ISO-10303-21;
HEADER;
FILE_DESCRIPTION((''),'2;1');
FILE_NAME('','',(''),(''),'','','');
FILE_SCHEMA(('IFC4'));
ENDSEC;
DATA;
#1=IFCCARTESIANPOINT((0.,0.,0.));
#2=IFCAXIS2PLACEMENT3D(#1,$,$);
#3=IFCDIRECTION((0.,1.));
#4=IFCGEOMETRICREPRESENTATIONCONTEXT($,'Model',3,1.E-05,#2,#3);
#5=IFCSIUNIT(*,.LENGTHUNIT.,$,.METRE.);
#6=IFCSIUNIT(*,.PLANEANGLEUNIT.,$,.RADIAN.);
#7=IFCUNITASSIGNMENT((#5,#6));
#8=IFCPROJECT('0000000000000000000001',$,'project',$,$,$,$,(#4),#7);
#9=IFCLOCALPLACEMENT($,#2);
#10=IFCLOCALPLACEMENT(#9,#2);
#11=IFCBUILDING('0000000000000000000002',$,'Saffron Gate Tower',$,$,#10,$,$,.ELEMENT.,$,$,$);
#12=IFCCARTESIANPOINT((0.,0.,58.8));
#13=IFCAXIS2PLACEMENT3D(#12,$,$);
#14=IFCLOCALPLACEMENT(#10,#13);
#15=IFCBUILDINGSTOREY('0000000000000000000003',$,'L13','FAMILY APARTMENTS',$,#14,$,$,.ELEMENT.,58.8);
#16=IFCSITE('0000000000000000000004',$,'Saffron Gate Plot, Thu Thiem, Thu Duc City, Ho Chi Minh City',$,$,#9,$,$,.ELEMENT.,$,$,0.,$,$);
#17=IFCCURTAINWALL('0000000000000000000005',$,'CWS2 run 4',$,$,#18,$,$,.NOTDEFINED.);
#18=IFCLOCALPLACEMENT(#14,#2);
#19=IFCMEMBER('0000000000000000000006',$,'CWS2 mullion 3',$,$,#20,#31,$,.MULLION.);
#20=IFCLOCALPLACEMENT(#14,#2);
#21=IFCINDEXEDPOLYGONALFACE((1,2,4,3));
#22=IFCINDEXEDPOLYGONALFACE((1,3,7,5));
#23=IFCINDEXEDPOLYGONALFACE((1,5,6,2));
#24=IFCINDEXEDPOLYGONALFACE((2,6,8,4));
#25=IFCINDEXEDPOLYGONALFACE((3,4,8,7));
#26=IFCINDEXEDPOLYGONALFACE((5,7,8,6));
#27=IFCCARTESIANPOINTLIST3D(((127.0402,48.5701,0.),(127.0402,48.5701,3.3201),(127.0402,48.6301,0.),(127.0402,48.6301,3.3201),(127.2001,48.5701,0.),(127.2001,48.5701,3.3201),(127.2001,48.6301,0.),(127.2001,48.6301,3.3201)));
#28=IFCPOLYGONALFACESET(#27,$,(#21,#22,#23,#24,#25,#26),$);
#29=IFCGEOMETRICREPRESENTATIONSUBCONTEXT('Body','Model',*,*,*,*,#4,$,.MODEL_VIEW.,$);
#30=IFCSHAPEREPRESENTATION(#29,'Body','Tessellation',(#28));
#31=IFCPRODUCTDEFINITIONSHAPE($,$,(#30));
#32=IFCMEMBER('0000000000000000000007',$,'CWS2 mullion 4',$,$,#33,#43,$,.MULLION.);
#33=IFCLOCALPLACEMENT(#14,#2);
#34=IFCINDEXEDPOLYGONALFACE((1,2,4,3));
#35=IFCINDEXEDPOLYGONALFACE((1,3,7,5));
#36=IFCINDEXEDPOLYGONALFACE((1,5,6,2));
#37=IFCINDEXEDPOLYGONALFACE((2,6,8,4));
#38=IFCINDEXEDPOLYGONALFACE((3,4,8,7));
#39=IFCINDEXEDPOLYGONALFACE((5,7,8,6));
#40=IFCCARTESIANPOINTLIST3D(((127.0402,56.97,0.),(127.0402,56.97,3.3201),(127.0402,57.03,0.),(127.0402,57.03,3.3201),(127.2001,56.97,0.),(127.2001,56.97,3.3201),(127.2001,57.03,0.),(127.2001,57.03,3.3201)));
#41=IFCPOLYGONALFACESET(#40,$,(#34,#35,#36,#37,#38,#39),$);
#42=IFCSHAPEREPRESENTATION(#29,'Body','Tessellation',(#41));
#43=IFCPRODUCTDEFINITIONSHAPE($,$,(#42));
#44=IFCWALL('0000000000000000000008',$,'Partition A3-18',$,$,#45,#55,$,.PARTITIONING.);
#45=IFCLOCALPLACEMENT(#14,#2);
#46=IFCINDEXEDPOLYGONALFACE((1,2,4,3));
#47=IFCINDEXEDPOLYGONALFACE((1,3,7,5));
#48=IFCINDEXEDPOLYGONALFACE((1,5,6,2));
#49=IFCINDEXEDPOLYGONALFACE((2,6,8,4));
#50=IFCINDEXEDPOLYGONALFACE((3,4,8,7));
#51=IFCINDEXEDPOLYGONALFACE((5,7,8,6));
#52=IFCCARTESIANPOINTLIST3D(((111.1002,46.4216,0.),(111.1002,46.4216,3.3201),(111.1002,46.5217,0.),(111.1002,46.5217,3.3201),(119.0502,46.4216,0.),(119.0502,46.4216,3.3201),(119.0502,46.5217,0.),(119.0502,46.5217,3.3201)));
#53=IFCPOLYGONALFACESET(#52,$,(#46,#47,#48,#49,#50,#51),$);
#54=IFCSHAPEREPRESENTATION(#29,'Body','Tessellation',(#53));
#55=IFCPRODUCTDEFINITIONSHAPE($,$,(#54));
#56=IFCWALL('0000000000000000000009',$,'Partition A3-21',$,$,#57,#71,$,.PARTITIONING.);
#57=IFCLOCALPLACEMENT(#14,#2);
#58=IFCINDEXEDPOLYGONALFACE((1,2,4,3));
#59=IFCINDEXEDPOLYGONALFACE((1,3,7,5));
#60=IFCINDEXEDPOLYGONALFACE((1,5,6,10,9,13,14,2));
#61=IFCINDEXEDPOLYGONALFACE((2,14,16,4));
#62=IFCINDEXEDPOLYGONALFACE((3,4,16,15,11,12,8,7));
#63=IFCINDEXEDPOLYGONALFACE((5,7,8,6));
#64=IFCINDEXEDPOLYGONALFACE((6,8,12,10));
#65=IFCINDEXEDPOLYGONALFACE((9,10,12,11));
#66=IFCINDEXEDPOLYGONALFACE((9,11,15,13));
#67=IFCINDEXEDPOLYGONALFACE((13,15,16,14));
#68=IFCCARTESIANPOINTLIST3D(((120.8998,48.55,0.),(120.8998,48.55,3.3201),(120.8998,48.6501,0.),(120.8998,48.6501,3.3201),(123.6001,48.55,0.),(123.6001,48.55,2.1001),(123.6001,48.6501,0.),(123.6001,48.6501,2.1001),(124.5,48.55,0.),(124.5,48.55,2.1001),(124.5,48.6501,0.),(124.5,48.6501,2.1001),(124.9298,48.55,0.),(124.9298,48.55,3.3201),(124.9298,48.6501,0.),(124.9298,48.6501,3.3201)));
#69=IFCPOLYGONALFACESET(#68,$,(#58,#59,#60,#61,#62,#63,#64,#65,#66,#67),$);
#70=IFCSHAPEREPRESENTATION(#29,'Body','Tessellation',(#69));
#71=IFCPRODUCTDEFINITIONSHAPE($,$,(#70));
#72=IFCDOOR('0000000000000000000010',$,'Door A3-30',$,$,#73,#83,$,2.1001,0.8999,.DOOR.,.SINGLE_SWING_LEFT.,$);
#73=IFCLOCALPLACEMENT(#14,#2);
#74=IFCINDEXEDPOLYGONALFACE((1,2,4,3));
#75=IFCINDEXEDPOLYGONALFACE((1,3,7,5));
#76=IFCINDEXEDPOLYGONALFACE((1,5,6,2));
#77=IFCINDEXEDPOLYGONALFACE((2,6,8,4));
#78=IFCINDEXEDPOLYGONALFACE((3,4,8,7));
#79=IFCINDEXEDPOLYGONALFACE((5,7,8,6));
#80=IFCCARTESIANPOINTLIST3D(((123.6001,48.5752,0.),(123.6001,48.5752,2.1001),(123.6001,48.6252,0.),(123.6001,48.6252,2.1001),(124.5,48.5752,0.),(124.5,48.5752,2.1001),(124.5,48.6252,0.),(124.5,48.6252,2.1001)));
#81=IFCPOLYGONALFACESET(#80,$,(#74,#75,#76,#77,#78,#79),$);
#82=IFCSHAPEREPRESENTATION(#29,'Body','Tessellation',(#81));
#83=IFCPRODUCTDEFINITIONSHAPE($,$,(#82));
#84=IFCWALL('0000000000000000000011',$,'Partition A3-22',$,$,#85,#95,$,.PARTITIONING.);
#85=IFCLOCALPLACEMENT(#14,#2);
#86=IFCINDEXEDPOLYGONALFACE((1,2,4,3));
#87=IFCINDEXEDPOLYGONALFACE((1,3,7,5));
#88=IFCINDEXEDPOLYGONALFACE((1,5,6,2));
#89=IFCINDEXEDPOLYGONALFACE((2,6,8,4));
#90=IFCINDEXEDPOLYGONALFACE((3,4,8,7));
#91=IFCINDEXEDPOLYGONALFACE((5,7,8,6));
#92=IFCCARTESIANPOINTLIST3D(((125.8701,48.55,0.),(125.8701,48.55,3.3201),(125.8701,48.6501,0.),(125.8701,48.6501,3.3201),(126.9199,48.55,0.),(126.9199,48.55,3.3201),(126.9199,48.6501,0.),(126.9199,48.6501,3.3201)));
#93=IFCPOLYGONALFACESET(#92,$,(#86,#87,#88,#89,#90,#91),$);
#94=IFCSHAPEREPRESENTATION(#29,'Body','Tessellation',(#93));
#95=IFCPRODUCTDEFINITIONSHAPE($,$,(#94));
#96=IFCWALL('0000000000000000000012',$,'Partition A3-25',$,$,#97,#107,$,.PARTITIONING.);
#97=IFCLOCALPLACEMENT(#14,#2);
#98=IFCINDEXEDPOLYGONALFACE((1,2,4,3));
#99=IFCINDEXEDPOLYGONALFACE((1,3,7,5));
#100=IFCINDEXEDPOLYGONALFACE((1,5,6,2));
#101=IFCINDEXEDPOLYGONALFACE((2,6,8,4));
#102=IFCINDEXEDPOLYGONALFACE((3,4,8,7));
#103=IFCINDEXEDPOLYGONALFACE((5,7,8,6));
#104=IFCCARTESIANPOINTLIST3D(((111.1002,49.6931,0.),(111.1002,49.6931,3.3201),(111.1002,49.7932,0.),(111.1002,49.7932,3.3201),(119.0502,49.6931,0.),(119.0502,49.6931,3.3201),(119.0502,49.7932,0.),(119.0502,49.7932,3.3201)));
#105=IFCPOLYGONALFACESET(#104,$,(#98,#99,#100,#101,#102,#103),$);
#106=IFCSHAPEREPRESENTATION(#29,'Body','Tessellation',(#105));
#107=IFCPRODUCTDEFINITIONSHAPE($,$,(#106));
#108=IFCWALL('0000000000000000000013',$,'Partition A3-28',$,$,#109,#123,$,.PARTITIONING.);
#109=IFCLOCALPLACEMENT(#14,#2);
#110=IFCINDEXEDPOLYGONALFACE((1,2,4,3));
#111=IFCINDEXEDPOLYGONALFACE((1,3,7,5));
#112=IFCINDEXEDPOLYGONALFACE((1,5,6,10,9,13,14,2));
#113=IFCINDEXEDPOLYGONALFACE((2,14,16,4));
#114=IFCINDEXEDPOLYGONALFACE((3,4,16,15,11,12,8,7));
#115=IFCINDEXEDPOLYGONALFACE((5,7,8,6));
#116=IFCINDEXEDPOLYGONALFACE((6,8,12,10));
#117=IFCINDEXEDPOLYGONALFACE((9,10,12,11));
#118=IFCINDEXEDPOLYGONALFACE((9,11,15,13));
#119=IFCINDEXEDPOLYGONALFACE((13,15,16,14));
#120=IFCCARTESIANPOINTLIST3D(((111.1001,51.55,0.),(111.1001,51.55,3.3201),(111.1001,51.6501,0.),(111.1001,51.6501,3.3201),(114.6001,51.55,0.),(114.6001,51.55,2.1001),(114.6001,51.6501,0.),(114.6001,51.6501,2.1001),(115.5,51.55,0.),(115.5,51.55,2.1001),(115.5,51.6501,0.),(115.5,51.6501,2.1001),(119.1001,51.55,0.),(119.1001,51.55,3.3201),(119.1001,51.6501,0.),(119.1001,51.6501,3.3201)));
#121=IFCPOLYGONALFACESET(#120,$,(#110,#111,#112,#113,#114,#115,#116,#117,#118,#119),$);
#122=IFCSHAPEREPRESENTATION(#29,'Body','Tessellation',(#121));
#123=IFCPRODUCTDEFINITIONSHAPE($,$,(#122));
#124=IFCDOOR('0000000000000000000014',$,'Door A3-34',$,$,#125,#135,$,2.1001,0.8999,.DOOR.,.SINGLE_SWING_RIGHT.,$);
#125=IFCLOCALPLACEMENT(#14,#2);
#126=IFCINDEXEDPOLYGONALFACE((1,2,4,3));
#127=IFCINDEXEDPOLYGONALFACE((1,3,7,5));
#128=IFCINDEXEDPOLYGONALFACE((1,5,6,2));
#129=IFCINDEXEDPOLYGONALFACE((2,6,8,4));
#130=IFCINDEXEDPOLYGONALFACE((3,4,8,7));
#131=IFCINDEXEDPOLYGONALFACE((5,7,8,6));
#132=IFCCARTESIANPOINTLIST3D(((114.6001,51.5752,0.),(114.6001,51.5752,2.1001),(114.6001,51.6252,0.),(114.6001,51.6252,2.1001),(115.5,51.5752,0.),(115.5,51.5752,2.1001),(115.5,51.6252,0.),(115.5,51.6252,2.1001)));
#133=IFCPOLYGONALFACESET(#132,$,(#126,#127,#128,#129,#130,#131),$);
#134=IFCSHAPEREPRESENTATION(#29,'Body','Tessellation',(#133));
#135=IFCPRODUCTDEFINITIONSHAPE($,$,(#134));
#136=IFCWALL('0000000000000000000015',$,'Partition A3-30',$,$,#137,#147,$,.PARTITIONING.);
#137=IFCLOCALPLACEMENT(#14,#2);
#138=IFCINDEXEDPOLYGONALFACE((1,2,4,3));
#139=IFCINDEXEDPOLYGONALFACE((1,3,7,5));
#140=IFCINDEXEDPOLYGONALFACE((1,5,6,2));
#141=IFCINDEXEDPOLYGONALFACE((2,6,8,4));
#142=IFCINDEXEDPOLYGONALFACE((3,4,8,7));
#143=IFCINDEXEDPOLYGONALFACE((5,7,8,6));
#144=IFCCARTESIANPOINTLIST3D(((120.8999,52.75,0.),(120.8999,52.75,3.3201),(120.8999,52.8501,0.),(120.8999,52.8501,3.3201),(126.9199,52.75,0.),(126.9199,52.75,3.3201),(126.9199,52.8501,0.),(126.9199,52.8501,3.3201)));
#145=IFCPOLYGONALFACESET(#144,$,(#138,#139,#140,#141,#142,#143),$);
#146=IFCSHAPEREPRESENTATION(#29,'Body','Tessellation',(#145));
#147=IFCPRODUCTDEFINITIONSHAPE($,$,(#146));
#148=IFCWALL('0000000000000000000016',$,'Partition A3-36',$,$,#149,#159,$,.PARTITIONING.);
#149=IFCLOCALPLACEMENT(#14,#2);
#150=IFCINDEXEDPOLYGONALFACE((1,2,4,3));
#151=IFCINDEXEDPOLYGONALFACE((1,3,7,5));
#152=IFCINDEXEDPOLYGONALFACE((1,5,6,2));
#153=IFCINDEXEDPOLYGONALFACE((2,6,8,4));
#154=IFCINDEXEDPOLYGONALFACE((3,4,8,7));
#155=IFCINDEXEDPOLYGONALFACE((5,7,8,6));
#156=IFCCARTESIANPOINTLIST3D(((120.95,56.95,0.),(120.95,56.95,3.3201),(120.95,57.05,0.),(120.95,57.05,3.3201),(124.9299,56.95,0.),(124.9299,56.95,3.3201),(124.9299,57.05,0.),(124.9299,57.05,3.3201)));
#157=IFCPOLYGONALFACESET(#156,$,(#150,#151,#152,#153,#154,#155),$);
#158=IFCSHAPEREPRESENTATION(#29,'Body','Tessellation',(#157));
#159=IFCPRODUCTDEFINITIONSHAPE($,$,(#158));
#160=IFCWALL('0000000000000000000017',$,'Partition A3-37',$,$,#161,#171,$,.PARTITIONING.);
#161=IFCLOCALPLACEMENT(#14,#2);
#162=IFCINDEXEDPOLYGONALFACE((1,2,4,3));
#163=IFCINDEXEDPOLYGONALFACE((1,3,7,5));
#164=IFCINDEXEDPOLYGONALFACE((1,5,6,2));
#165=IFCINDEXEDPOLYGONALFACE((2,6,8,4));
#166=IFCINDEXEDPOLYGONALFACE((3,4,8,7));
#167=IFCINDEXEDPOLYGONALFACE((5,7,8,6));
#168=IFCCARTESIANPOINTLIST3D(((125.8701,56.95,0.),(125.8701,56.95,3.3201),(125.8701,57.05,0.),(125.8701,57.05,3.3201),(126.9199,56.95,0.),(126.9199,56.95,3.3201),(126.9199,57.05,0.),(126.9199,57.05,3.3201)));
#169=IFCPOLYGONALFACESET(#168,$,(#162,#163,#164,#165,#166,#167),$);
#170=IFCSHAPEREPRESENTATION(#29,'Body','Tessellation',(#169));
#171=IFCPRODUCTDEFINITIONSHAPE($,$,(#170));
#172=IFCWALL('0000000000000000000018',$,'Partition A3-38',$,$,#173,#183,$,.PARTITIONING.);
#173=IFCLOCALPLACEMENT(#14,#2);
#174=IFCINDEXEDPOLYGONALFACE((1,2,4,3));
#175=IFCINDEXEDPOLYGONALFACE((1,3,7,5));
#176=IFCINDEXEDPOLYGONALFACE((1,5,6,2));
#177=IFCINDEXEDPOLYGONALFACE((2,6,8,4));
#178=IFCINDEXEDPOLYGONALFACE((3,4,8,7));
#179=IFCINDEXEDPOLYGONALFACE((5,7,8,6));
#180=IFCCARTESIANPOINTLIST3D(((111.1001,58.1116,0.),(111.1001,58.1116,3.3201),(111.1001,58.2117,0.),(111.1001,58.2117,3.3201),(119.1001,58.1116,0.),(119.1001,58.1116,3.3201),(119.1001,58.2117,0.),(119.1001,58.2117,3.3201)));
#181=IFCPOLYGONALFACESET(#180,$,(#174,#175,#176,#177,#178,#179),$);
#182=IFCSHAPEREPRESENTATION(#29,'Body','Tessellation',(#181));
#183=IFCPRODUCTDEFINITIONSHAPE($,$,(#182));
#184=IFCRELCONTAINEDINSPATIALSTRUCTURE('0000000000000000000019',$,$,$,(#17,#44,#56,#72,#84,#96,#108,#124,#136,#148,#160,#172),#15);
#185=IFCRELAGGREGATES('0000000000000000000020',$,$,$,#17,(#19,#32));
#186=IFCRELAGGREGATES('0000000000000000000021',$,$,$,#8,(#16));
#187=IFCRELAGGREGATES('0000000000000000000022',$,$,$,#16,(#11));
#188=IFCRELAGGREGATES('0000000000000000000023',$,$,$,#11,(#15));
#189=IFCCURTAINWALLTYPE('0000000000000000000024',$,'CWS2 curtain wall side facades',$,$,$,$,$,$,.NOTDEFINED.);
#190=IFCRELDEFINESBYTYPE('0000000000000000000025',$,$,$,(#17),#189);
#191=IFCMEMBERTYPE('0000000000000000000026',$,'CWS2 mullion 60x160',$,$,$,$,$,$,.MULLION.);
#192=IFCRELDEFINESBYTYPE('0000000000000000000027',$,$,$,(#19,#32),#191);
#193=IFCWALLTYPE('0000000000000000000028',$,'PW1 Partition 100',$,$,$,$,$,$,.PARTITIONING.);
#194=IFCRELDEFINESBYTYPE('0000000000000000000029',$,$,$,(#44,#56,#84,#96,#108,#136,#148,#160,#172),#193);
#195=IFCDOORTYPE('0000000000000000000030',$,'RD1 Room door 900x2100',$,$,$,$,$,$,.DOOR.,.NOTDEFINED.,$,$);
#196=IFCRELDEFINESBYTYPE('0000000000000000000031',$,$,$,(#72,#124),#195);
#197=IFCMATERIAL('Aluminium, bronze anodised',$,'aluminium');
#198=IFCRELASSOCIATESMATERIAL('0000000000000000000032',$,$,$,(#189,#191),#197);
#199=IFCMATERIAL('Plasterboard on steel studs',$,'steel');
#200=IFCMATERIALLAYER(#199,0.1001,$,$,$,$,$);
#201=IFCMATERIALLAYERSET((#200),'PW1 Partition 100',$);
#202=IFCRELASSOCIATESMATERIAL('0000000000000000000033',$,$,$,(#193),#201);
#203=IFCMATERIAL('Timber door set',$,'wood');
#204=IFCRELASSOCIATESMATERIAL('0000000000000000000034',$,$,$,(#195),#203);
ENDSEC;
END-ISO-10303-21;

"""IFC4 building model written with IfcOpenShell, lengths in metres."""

from ifc_helpers import new_model, si_unit, direction, frame, frame_2d, origin, origin_2d, place, context, subcontext, project, spatial, rectangle, extrude, material, layer, layer_set, material_profile, profile_set, type_object, element, fill, aggregate, save


model = new_model("IFC4")

# Units and contexts
model_context = context("Model", 3, precision=1e-05, world=origin(), true_north=direction((0.0, 1.0)))
body_context = subcontext(model_context, "Body", "Model", "MODEL_VIEW")
ifc_project = project(units=[si_unit("LENGTHUNIT", "METRE"), si_unit("PLANEANGLEUNIT", "RADIAN")], contexts=[model_context])

# Site, building, storey
site_placement = place(None, origin())
site = spatial("IfcSite", under=ifc_project, at=site_placement, Name="Saffron Gate Plot, Thu Thiem, Thu Duc City, Ho Chi Minh City", CompositionType="ELEMENT", RefElevation=0.0)
building_placement = place(site_placement, origin())
building = spatial("IfcBuilding", under=site, at=building_placement, Name="Saffron Gate Tower", CompositionType="ELEMENT")
storey_placement = place(building_placement, frame((0.0, 0.0, 58.8)))
storey = spatial("IfcBuildingStorey", under=building, at=storey_placement, Name="L13", Description="FAMILY APARTMENTS", CompositionType="ELEMENT", Elevation=58.8)

# Curtain wall, members
ifc_material_1 = material(Name="Aluminium, bronze anodised", Category="aluminium")
curtain_wall_type = type_object("IfcCurtainWallType", Name="CWS2 curtain wall side facades", PredefinedType="NOTDEFINED", material=ifc_material_1)
curtain_wall_placement = place(storey_placement, origin())
curtain_wall = element("IfcCurtainWall", 1, at=curtain_wall_placement, inside=storey, type_object=curtain_wall_type, Name="CWS2 run 4", PredefinedType="NOTDEFINED")
ifc_material_profile_1 = material_profile(ifc_material_1, rectangle(XDim=0.1599, YDim=0.0601, at=origin_2d()))
ifc_profile_set_1 = profile_set([ifc_material_profile_1], Name="Aluminium, bronze anodised")
member_type = type_object("IfcMemberType", Name="CWS2 mullion 60x160", PredefinedType="MULLION", material=ifc_profile_set_1)
member_1_placement = place(storey_placement, frame((127.1201, 48.6001, 0.0), z_axis=(0.0, 0.0, 1.0), x_axis=(-1.0, 0.0, 0.0)))
member_1 = element("IfcMember", 2, at=member_1_placement, type_object=member_type, Name="CWS2 mullion 3", PredefinedType="MULLION", context=body_context, shape_type="SweptSolid", body=[
    extrude(rectangle(XDim=0.1599, YDim=0.0601, at=origin_2d()), origin(), (0.0, 0.0, 1.0), 3.3201),
])
member_2_placement = place(storey_placement, frame((127.1201, 57.0, 0.0), z_axis=(0.0, 0.0, 1.0), x_axis=(-1.0, 0.0, 0.0)))
member_2 = element("IfcMember", 3, at=member_2_placement, type_object=member_type, Name="CWS2 mullion 4", PredefinedType="MULLION", context=body_context, shape_type="SweptSolid", body=[
    extrude(rectangle(XDim=0.1599, YDim=0.0601, at=origin_2d()), origin(), (0.0, 0.0, 1.0), 3.3201),
])
aggregate(curtain_wall, [member_1, member_2])

# Wall
ifc_material_2 = material(Name="Plasterboard on steel studs", Category="steel")
ifc_layer_1 = layer(ifc_material_2, 0.1001)
ifc_layer_set_1 = layer_set([ifc_layer_1], Name="PW1 Partition 100")
wall_type_1 = type_object("IfcWallType", Name="PW1 Partition 100", PredefinedType="PARTITIONING", material=ifc_layer_set_1)
wall_1_placement = place(storey_placement, frame((111.1001, 46.4717, 0.0), z_axis=(0.0, 0.0, 1.0), x_axis=(1.0, 0.0, 0.0)))
element("IfcWall", 4, at=wall_1_placement, inside=storey, type_object=wall_type_1, Name="Partition A3-18", PredefinedType="PARTITIONING", context=body_context, shape_type="SweptSolid", body=[
    extrude(rectangle(XDim=7.95, YDim=0.1001, at=frame_2d((3.9751, 0.0))), origin(), (0.0, 0.0, 1.0), 3.3201),
])

# Wall, opening, door
wall_2_placement = place(storey_placement, frame((124.9299, 48.6001, 0.0), z_axis=(0.0, 0.0, 1.0), x_axis=(-1.0, 0.0, 0.0)))
wall_2 = element("IfcWall", 5, at=wall_2_placement, inside=storey, type_object=wall_type_1, Name="Partition A3-21", PredefinedType="PARTITIONING", context=body_context, shape_type="SweptSolid", body=[
    extrude(rectangle(XDim=4.03, YDim=0.1001, at=frame_2d((2.0151, 0.0))), origin(), (0.0, 0.0, 1.0), 3.3201),
])
opening_1_placement = place(wall_2_placement, frame((0.4299, 0.0, 0.0)))
opening_1 = element("IfcOpeningElement", 6, at=opening_1_placement, cuts=wall_2, PredefinedType="OPENING", context=body_context, shape_type="SweptSolid", body=[
    extrude(rectangle(XDim=0.8999, YDim=2.1001, at=frame_2d((0.45, 1.05))), frame((0.0, 0.0601, 0.0), z_axis=(0.0, -1.0, 0.0), x_axis=(1.0, 0.0, 0.0)), (0.0, 0.0, 1.0), 0.1201),
])
ifc_material_3 = material(Name="Timber door set", Category="wood")
door_type_1 = type_object("IfcDoorType", Name="RD1 Room door 900x2100", OperationType="NOTDEFINED", PredefinedType="DOOR", material=ifc_material_3)
door_1_placement = place(opening_1_placement, origin())
door_1 = element("IfcDoor", 7, at=door_1_placement, inside=storey, type_object=door_type_1, Name="Door A3-30", OperationType="SINGLE_SWING_LEFT", OverallHeight=2.1001, OverallWidth=0.8999, PredefinedType="DOOR", context=body_context, shape_type="SweptSolid", body=[
    extrude(rectangle(XDim=0.8999, YDim=2.1001, at=frame_2d((0.45, 1.05))), frame((0.0, 0.0249, 0.0), z_axis=(0.0, -1.0, 0.0), x_axis=(1.0, 0.0, 0.0)), (0.0, 0.0, 1.0), 0.05),
])
fill(opening_1, door_1)

# Walls
wall_3_placement = place(storey_placement, frame((125.8701, 48.6001, 0.0), z_axis=(0.0, 0.0, 1.0), x_axis=(1.0, 0.0, 0.0)))
element("IfcWall", 8, at=wall_3_placement, inside=storey, type_object=wall_type_1, Name="Partition A3-22", PredefinedType="PARTITIONING", context=body_context, shape_type="SweptSolid", body=[
    extrude(rectangle(XDim=1.0498, YDim=0.1001, at=frame_2d((0.5249, 0.0))), origin(), (0.0, 0.0, 1.0), 3.3201),
])
wall_4_placement = place(storey_placement, frame((111.1001, 49.7432, 0.0), z_axis=(0.0, 0.0, 1.0), x_axis=(1.0, 0.0, 0.0)))
element("IfcWall", 9, at=wall_4_placement, inside=storey, type_object=wall_type_1, Name="Partition A3-25", PredefinedType="PARTITIONING", context=body_context, shape_type="SweptSolid", body=[
    extrude(rectangle(XDim=7.95, YDim=0.1001, at=frame_2d((3.9751, 0.0))), origin(), (0.0, 0.0, 1.0), 3.3201),
])

# Wall, opening, door
wall_5_placement = place(storey_placement, frame((119.1001, 51.6001, 0.0), z_axis=(0.0, 0.0, 1.0), x_axis=(-1.0, 0.0, 0.0)))
wall_5 = element("IfcWall", 10, at=wall_5_placement, inside=storey, type_object=wall_type_1, Name="Partition A3-28", PredefinedType="PARTITIONING", context=body_context, shape_type="SweptSolid", body=[
    extrude(rectangle(XDim=8.0, YDim=0.1001, at=frame_2d((4.0, 0.0))), origin(), (0.0, 0.0, 1.0), 3.3201),
])
opening_2_placement = place(wall_5_placement, frame((3.6001, 0.0, 0.0)))
opening_2 = element("IfcOpeningElement", 11, at=opening_2_placement, cuts=wall_5, PredefinedType="OPENING", context=body_context, shape_type="SweptSolid", body=[
    extrude(rectangle(XDim=0.8999, YDim=2.1001, at=frame_2d((0.45, 1.05))), frame((0.0, 0.0601, 0.0), z_axis=(0.0, -1.0, 0.0), x_axis=(1.0, 0.0, 0.0)), (0.0, 0.0, 1.0), 0.1201),
])
door_2_placement = place(opening_2_placement, origin())
door_2 = element("IfcDoor", 12, at=door_2_placement, inside=storey, type_object=door_type_1, Name="Door A3-34", OperationType="SINGLE_SWING_RIGHT", OverallHeight=2.1001, OverallWidth=0.8999, PredefinedType="DOOR", context=body_context, shape_type="SweptSolid", body=[
    extrude(rectangle(XDim=0.8999, YDim=2.1001, at=frame_2d((0.45, 1.05))), frame((0.0, 0.0249, 0.0), z_axis=(0.0, -1.0, 0.0), x_axis=(1.0, 0.0, 0.0)), (0.0, 0.0, 1.0), 0.05),
])
fill(opening_2, door_2)

# Walls
wall_6_placement = place(storey_placement, frame((120.8999, 52.8, 0.0), z_axis=(0.0, 0.0, 1.0), x_axis=(1.0, 0.0, 0.0)))
element("IfcWall", 13, at=wall_6_placement, inside=storey, type_object=wall_type_1, Name="Partition A3-30", PredefinedType="PARTITIONING", context=body_context, shape_type="SweptSolid", body=[
    extrude(rectangle(XDim=6.02, YDim=0.1001, at=frame_2d((3.01, 0.0))), origin(), (0.0, 0.0, 1.0), 3.3201),
])
wall_7_placement = place(storey_placement, frame((120.95, 57.0, 0.0), z_axis=(0.0, 0.0, 1.0), x_axis=(1.0, 0.0, 0.0)))
element("IfcWall", 14, at=wall_7_placement, inside=storey, type_object=wall_type_1, Name="Partition A3-36", PredefinedType="PARTITIONING", context=body_context, shape_type="SweptSolid", body=[
    extrude(rectangle(XDim=3.98, YDim=0.1001, at=frame_2d((1.99, 0.0))), origin(), (0.0, 0.0, 1.0), 3.3201),
])
wall_8_placement = place(storey_placement, frame((125.8701, 57.0, 0.0), z_axis=(0.0, 0.0, 1.0), x_axis=(1.0, 0.0, 0.0)))
element("IfcWall", 15, at=wall_8_placement, inside=storey, type_object=wall_type_1, Name="Partition A3-37", PredefinedType="PARTITIONING", context=body_context, shape_type="SweptSolid", body=[
    extrude(rectangle(XDim=1.0498, YDim=0.1001, at=frame_2d((0.5249, 0.0))), origin(), (0.0, 0.0, 1.0), 3.3201),
])
wall_9_placement = place(storey_placement, frame((111.1001, 58.1616, 0.0), z_axis=(0.0, 0.0, 1.0), x_axis=(1.0, 0.0, 0.0)))
element("IfcWall", 16, at=wall_9_placement, inside=storey, type_object=wall_type_1, Name="Partition A3-38", PredefinedType="PARTITIONING", context=body_context, shape_type="SweptSolid", body=[
    extrude(rectangle(XDim=8.0, YDim=0.1001, at=frame_2d((4.0, 0.0))), origin(), (0.0, 0.0, 1.0), 3.3201),
])

save(model, "model.ifc")
